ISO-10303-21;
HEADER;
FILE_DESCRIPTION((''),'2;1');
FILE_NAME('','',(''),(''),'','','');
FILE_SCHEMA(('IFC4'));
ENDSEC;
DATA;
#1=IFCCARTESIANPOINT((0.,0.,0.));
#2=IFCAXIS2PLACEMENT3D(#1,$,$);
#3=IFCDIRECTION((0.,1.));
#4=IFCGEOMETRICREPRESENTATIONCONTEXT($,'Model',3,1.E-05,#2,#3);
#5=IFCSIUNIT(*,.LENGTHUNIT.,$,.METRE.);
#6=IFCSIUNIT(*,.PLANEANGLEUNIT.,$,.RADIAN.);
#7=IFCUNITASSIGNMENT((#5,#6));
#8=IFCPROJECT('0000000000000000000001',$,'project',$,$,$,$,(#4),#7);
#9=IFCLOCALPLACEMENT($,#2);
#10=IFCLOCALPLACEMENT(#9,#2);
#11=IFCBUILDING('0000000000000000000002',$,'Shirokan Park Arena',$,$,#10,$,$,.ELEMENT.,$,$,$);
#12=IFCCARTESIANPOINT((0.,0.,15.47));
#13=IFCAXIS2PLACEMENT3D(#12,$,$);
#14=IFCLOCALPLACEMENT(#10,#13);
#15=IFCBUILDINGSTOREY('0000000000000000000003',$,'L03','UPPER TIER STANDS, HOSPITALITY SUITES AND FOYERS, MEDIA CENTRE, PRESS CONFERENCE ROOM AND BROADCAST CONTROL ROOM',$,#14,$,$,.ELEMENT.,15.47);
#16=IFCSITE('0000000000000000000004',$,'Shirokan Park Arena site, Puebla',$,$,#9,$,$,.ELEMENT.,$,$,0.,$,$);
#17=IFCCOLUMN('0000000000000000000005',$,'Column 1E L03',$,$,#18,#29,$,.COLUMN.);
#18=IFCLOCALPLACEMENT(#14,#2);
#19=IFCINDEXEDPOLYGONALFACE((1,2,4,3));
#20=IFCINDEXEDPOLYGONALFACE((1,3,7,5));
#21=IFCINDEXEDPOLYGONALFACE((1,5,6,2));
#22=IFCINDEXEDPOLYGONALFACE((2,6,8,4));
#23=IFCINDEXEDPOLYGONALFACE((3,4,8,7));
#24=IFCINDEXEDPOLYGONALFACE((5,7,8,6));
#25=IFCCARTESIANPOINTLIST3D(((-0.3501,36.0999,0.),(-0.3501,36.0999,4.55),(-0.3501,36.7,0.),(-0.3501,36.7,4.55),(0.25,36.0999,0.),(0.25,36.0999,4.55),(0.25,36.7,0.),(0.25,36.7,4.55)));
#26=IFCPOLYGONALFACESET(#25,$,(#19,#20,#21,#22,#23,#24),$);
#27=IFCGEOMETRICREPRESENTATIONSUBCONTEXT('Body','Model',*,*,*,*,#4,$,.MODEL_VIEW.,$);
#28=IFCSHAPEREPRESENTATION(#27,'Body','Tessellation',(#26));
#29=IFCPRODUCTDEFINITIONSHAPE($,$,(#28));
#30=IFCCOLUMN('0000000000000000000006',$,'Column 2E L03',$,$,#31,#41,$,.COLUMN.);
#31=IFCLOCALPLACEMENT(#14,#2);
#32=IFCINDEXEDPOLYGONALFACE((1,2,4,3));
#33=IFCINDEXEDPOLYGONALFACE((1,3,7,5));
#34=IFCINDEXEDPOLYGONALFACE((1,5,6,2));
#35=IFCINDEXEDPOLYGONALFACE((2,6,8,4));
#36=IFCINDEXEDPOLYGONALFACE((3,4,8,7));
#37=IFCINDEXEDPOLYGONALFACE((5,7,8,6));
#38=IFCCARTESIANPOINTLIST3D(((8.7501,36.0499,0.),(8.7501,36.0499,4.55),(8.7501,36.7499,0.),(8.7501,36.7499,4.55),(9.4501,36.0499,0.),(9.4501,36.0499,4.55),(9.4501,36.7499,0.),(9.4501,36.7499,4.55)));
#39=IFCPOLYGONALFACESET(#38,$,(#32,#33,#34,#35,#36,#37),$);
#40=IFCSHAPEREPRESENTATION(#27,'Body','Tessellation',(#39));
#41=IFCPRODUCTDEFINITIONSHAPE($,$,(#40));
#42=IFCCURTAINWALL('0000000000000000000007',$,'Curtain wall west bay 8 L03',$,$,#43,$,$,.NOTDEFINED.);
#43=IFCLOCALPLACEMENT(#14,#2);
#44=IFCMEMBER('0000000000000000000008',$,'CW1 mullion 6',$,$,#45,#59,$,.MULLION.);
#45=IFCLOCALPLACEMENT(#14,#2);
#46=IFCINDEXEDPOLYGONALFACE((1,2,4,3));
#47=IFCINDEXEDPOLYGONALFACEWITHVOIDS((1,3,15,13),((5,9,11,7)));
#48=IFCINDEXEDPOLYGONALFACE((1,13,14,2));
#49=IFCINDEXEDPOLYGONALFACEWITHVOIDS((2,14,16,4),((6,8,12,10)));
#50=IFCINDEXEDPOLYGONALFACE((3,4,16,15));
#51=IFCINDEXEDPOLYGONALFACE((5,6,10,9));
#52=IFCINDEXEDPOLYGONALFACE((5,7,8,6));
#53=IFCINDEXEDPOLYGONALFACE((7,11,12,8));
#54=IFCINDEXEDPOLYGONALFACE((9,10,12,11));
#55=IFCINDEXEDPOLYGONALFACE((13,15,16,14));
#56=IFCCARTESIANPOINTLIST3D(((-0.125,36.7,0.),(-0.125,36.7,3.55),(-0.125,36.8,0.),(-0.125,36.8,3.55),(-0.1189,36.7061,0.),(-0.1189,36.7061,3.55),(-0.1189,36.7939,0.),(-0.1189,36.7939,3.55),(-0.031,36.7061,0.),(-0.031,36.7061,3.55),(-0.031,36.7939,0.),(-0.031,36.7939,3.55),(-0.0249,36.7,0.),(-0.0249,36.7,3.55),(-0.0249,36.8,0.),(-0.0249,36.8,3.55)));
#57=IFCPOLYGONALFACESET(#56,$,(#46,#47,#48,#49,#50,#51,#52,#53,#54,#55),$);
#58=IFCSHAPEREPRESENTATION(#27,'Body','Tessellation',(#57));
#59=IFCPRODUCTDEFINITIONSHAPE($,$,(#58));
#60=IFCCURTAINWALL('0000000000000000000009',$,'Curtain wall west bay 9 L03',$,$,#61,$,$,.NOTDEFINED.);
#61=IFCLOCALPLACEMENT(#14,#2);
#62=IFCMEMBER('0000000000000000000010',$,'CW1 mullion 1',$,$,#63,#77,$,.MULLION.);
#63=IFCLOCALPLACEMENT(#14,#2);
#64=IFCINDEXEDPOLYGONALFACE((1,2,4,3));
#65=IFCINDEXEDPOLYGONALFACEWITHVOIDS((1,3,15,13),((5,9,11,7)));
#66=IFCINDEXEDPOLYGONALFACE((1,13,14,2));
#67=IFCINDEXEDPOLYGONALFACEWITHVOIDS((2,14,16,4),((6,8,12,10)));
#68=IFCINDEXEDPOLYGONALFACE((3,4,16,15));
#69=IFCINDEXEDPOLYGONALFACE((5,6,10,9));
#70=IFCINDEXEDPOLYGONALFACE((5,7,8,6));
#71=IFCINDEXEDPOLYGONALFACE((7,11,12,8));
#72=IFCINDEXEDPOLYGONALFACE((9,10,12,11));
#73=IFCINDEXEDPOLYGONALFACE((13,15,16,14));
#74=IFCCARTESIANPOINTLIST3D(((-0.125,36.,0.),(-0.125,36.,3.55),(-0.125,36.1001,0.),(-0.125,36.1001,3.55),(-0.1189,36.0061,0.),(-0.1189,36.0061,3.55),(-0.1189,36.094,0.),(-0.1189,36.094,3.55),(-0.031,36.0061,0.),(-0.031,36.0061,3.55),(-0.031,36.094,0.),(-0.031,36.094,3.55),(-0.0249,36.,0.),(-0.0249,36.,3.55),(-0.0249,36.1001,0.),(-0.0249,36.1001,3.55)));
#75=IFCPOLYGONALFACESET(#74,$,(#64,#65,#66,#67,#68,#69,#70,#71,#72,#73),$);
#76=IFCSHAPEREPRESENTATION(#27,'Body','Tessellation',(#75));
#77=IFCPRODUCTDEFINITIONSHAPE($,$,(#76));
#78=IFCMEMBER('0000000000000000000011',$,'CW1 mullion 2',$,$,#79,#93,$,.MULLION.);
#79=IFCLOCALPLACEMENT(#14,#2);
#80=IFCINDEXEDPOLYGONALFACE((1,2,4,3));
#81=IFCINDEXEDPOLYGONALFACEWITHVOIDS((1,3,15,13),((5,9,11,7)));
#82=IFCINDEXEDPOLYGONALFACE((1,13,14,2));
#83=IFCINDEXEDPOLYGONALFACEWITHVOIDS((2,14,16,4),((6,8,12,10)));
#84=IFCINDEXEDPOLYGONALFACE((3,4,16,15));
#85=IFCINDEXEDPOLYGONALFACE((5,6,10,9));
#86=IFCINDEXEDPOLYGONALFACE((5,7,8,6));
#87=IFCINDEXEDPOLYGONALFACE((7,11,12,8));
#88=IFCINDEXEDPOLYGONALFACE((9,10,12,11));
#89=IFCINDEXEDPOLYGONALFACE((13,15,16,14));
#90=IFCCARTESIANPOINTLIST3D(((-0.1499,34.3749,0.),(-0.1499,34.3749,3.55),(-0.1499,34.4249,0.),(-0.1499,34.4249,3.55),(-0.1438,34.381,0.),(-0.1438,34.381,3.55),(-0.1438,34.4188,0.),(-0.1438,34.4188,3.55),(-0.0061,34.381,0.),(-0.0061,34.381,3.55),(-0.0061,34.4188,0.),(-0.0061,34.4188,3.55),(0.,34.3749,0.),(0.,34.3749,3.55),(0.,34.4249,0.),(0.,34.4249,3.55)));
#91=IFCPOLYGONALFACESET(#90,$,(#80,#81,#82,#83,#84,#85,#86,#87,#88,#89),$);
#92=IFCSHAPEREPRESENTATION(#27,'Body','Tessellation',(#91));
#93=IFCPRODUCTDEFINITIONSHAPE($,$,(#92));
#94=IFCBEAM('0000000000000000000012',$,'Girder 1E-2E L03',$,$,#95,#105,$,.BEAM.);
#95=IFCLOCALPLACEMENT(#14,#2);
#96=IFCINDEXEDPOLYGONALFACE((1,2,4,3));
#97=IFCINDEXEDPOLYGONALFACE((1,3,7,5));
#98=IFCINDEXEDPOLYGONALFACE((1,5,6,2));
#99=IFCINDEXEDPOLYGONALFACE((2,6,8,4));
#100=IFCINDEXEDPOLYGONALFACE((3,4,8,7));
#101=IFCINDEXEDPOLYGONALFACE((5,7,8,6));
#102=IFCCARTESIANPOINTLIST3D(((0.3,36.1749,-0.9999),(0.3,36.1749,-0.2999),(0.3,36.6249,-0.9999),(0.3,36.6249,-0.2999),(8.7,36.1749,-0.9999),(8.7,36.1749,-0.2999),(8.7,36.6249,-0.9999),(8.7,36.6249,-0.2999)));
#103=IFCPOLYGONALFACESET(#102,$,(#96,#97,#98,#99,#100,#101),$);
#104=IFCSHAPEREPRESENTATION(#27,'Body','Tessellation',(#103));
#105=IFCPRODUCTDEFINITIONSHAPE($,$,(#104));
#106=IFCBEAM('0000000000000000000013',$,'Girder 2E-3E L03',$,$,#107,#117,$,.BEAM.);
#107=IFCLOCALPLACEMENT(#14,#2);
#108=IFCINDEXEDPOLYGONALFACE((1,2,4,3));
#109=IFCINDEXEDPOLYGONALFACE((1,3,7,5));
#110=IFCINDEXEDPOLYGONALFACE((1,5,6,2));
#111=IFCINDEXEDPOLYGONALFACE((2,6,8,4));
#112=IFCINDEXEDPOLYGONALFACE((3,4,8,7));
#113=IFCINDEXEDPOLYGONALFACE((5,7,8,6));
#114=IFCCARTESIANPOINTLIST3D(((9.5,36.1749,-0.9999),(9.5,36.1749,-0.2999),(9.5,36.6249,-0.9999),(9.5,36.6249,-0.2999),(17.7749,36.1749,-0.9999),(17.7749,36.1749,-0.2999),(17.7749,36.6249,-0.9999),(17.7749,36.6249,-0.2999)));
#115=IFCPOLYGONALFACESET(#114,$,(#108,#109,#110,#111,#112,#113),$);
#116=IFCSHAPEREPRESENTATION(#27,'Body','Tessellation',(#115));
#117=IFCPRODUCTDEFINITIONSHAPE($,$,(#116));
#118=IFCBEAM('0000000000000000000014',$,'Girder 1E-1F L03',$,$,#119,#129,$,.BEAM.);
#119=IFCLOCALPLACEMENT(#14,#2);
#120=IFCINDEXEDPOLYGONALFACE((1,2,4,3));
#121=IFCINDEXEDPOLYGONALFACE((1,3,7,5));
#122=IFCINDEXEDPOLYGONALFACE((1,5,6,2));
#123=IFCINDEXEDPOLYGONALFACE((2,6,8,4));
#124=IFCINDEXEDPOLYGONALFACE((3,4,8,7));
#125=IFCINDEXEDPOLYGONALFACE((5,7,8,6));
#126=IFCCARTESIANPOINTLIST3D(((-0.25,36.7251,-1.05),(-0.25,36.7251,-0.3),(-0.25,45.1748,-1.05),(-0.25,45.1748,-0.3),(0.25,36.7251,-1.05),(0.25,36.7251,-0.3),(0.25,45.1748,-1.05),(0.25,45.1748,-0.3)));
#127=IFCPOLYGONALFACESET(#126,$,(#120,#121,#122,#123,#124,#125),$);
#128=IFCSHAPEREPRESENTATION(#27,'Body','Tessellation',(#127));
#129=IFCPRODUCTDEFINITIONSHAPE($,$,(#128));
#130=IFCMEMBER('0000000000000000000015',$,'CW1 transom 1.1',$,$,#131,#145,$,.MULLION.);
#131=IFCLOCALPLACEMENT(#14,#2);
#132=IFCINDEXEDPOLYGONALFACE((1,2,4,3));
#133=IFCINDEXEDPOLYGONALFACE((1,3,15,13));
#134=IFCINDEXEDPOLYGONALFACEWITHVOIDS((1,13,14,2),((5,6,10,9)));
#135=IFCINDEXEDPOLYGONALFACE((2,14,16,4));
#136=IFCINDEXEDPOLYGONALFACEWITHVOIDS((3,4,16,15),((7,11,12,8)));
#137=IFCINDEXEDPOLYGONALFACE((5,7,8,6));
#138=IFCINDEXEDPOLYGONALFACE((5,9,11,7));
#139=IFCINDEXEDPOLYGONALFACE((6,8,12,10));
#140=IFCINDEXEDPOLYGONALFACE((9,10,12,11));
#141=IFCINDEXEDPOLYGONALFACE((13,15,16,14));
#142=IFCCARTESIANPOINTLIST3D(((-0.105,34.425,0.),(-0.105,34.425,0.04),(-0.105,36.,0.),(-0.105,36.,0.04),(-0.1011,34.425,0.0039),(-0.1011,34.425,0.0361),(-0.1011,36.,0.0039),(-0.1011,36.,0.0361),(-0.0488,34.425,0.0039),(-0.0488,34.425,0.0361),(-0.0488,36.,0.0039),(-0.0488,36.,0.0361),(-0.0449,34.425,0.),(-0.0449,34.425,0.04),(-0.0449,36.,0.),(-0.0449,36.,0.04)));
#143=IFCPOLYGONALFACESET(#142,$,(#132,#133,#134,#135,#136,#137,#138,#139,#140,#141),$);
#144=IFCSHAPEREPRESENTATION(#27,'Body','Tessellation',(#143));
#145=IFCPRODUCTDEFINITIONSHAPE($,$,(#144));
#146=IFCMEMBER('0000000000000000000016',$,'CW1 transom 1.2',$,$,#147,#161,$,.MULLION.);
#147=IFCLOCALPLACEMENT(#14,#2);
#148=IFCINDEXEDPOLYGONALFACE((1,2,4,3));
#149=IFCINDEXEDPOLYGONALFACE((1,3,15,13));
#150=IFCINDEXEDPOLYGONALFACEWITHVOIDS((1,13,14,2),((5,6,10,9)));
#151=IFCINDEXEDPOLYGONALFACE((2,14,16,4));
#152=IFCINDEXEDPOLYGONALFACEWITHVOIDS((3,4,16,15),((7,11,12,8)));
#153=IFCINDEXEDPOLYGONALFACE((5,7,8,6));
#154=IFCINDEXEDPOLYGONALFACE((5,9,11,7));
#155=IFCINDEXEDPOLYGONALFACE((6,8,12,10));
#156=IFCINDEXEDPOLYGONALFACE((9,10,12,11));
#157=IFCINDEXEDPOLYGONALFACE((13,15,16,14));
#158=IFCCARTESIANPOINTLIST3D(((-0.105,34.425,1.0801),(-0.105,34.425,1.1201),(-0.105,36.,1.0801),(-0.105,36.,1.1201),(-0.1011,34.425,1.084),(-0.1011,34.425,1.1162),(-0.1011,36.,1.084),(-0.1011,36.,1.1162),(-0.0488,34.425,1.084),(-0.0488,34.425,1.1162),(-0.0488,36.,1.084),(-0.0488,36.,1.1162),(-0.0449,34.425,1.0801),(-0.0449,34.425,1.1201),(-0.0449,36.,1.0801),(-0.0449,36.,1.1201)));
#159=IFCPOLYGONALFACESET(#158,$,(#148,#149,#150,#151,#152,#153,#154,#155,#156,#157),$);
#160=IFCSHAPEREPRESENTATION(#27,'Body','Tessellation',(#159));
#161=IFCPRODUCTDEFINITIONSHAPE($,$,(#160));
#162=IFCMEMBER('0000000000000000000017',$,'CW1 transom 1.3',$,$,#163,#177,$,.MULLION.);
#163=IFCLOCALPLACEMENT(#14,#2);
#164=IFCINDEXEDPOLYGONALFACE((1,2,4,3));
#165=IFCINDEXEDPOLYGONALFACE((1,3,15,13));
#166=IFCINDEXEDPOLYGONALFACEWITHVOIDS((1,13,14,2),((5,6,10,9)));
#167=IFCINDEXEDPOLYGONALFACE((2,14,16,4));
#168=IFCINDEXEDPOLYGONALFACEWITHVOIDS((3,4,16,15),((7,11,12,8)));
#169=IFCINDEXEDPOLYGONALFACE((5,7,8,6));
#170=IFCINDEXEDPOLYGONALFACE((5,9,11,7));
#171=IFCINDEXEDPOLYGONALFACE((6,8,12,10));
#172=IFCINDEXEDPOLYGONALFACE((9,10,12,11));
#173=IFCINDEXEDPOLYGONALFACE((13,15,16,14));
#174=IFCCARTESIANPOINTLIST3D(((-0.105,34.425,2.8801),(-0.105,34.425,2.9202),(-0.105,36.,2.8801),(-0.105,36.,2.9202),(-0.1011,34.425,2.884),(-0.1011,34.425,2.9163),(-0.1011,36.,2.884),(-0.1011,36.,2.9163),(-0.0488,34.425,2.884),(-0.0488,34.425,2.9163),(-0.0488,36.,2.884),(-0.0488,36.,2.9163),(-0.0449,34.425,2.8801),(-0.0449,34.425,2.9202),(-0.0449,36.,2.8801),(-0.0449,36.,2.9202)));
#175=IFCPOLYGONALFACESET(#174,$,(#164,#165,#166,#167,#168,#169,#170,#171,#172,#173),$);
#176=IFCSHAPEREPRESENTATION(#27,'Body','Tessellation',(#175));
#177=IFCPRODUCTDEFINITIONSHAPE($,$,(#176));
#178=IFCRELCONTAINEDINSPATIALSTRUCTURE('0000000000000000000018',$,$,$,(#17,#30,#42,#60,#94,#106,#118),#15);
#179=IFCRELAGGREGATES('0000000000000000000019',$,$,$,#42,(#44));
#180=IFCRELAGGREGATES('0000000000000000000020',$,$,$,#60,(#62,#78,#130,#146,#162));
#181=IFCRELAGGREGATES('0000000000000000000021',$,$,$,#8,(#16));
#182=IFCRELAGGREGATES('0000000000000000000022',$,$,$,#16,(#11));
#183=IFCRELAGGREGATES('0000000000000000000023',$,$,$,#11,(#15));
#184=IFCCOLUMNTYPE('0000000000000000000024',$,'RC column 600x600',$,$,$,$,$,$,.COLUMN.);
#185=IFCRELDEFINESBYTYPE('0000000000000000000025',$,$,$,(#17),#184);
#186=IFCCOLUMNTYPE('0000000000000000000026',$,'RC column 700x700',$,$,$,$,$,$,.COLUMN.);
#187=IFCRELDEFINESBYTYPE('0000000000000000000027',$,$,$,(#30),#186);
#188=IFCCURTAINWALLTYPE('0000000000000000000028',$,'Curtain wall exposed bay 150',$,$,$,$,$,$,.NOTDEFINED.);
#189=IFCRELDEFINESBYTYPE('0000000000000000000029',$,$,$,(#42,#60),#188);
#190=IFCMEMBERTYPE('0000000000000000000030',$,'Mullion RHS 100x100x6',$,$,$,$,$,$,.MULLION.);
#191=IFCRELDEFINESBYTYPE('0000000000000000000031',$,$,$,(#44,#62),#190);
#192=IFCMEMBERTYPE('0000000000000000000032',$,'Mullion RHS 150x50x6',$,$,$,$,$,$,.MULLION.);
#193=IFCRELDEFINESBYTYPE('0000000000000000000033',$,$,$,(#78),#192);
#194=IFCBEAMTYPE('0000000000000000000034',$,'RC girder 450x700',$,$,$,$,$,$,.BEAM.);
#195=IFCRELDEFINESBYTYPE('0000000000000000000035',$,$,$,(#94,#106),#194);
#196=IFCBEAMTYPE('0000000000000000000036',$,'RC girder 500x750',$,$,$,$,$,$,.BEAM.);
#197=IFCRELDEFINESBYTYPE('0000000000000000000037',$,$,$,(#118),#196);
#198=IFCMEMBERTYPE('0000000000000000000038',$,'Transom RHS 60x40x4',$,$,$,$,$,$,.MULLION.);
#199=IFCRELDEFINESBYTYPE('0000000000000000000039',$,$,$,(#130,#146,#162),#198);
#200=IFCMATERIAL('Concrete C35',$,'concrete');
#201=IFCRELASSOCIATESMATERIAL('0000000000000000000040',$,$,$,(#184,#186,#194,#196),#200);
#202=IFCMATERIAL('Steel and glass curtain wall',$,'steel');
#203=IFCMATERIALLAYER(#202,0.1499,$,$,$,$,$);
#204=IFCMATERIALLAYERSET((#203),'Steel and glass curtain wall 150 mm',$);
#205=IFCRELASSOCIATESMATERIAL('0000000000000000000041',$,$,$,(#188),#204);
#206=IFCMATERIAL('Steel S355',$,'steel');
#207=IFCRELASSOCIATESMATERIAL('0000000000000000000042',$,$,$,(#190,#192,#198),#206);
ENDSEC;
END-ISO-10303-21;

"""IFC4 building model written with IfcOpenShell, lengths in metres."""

from ifc_helpers import new_model, si_unit, direction, frame, origin, origin_2d, place, context, subcontext, project, spatial, rectangle, hollow_rectangle, extrude, material, layer, layer_set, material_profile, profile_set, type_object, element, aggregate, save


model = new_model("IFC4")

# Units and contexts
model_context = context("Model", 3, precision=1e-05, world=origin(), true_north=direction((0.0, 1.0)))
body_context = subcontext(model_context, "Body", "Model", "MODEL_VIEW")
ifc_project = project(units=[si_unit("LENGTHUNIT", "METRE"), si_unit("PLANEANGLEUNIT", "RADIAN")], contexts=[model_context])

# Site, building, storey
site_placement = place(None, origin())
site = spatial("IfcSite", under=ifc_project, at=site_placement, Name="Shirokan Park Arena site, Puebla", CompositionType="ELEMENT", RefElevation=0.0)
building_placement = place(site_placement, origin())
building = spatial("IfcBuilding", under=site, at=building_placement, Name="Shirokan Park Arena", CompositionType="ELEMENT")
storey_placement = place(building_placement, frame((0.0, 0.0, 15.47)))
storey = spatial("IfcBuildingStorey", under=building, at=storey_placement, Name="L03", Description="UPPER TIER STANDS, HOSPITALITY SUITES AND FOYERS, MEDIA CENTRE, PRESS CONFERENCE ROOM AND BROADCAST CONTROL ROOM", CompositionType="ELEMENT", Elevation=15.47)

# Columns
ifc_material_1 = material(Name="Concrete C35", Category="concrete")
ifc_material_profile_1 = material_profile(ifc_material_1, rectangle(XDim=0.6001, YDim=0.6001, at=origin_2d()), Name="600x600")
ifc_profile_set_1 = profile_set([ifc_material_profile_1], Name="Concrete C35")
column_type_1 = type_object("IfcColumnType", Name="RC column 600x600", PredefinedType="COLUMN", material=ifc_profile_set_1)
column_1_placement = place(storey_placement, frame((-0.05, 36.3999, 0.0), z_axis=(0.0, 0.0, 1.0), x_axis=(1.0, 0.0, 0.0)))
element("IfcColumn", 1, at=column_1_placement, inside=storey, type_object=column_type_1, Name="Column 1E L03", PredefinedType="COLUMN", context=body_context, shape_type="SweptSolid", body=[
    extrude(rectangle(XDim=0.6001, YDim=0.6001, at=origin_2d()), origin(), (0.0, 0.0, 1.0), 4.55),
])
ifc_material_profile_2 = material_profile(ifc_material_1, rectangle(XDim=0.7, YDim=0.7, at=origin_2d()), Name="700x700")
ifc_profile_set_2 = profile_set([ifc_material_profile_2], Name="Concrete C35")
column_type_2 = type_object("IfcColumnType", Name="RC column 700x700", PredefinedType="COLUMN", material=ifc_profile_set_2)
column_2_placement = place(storey_placement, frame((9.1001, 36.3999, 0.0), z_axis=(0.0, 0.0, 1.0), x_axis=(1.0, 0.0, 0.0)))
element("IfcColumn", 2, at=column_2_placement, inside=storey, type_object=column_type_2, Name="Column 2E L03", PredefinedType="COLUMN", context=body_context, shape_type="SweptSolid", body=[
    extrude(rectangle(XDim=0.7, YDim=0.7, at=origin_2d()), origin(), (0.0, 0.0, 1.0), 4.55),
])

# Curtain wall, member
ifc_material_2 = material(Name="Steel and glass curtain wall", Category="steel")
ifc_layer_1 = layer(ifc_material_2, 0.1499)
ifc_layer_set_1 = layer_set([ifc_layer_1], Name="Steel and glass curtain wall 150 mm")
curtain_wall_type = type_object("IfcCurtainWallType", Name="Curtain wall exposed bay 150", PredefinedType="NOTDEFINED", material=ifc_layer_set_1)
curtain_wall_1_placement = place(storey_placement, origin())
curtain_wall_1 = element("IfcCurtainWall", 3, at=curtain_wall_1_placement, inside=storey, type_object=curtain_wall_type, Name="Curtain wall west bay 8 L03", PredefinedType="NOTDEFINED")
ifc_material_3 = material(Name="Steel S355", Category="steel")
ifc_material_profile_3 = material_profile(ifc_material_3, hollow_rectangle(XDim=0.1001, YDim=0.1001, WallThickness=0.0061, at=origin_2d()), Name="RHS 100x100x6")
ifc_profile_set_3 = profile_set([ifc_material_profile_3], Name="Steel S355")
member_type_1 = type_object("IfcMemberType", Name="Mullion RHS 100x100x6", PredefinedType="MULLION", material=ifc_profile_set_3)
member_1_placement = place(storey_placement, frame((-0.075, 36.75, 0.0), z_axis=(0.0, 0.0, 1.0), x_axis=(1.0, 0.0, 0.0)))
member_1 = element("IfcMember", 4, at=member_1_placement, type_object=member_type_1, Name="CW1 mullion 6", PredefinedType="MULLION", context=body_context, shape_type="SweptSolid", body=[
    extrude(hollow_rectangle(XDim=0.1001, YDim=0.1001, WallThickness=0.0061, at=origin_2d()), origin(), (0.0, 0.0, 1.0), 3.55),
])
aggregate(curtain_wall_1, [member_1])

# Curtain wall, members
curtain_wall_2_placement = place(storey_placement, origin())
curtain_wall_2 = element("IfcCurtainWall", 5, at=curtain_wall_2_placement, inside=storey, type_object=curtain_wall_type, Name="Curtain wall west bay 9 L03", PredefinedType="NOTDEFINED")
member_2_placement = place(storey_placement, frame((-0.075, 36.05, 0.0), z_axis=(0.0, 0.0, 1.0), x_axis=(1.0, 0.0, 0.0)))
member_2 = element("IfcMember", 6, at=member_2_placement, type_object=member_type_1, Name="CW1 mullion 1", PredefinedType="MULLION", context=body_context, shape_type="SweptSolid", body=[
    extrude(hollow_rectangle(XDim=0.1001, YDim=0.1001, WallThickness=0.0061, at=origin_2d()), origin(), (0.0, 0.0, 1.0), 3.55),
])
ifc_material_profile_4 = material_profile(ifc_material_3, hollow_rectangle(XDim=0.1499, YDim=0.05, WallThickness=0.0061, at=origin_2d()), Name="RHS 150x50x6")
ifc_profile_set_4 = profile_set([ifc_material_profile_4], Name="Steel S355")
member_type_2 = type_object("IfcMemberType", Name="Mullion RHS 150x50x6", PredefinedType="MULLION", material=ifc_profile_set_4)
member_3_placement = place(storey_placement, frame((-0.075, 34.3999, 0.0), z_axis=(0.0, 0.0, 1.0), x_axis=(1.0, 0.0, 0.0)))
member_3 = element("IfcMember", 7, at=member_3_placement, type_object=member_type_2, Name="CW1 mullion 2", PredefinedType="MULLION", context=body_context, shape_type="SweptSolid", body=[
    extrude(hollow_rectangle(XDim=0.1499, YDim=0.05, WallThickness=0.0061, at=origin_2d()), origin(), (0.0, 0.0, 1.0), 3.55),
])

# Beams
ifc_material_profile_5 = material_profile(ifc_material_1, rectangle(XDim=0.45, YDim=0.7, at=origin_2d()), Name="450x700")
ifc_profile_set_5 = profile_set([ifc_material_profile_5], Name="Concrete C35")
beam_type_1 = type_object("IfcBeamType", Name="RC girder 450x700", PredefinedType="BEAM", material=ifc_profile_set_5)
beam_1_placement = place(storey_placement, frame((0.3, 36.3999, -0.6499), z_axis=(1.0, 0.0, 0.0), x_axis=(0.0, 1.0, 0.0)))
element("IfcBeam", 8, at=beam_1_placement, inside=storey, type_object=beam_type_1, Name="Girder 1E-2E L03", PredefinedType="BEAM", context=body_context, shape_type="SweptSolid", body=[
    extrude(rectangle(XDim=0.45, YDim=0.7, at=origin_2d()), origin(), (0.0, 0.0, 1.0), 8.3999),
])
beam_2_placement = place(storey_placement, frame((9.5, 36.3999, -0.6499), z_axis=(1.0, 0.0, 0.0), x_axis=(0.0, 1.0, 0.0)))
element("IfcBeam", 9, at=beam_2_placement, inside=storey, type_object=beam_type_1, Name="Girder 2E-3E L03", PredefinedType="BEAM", context=body_context, shape_type="SweptSolid", body=[
    extrude(rectangle(XDim=0.45, YDim=0.7, at=origin_2d()), origin(), (0.0, 0.0, 1.0), 8.2749),
])
ifc_material_profile_6 = material_profile(ifc_material_1, rectangle(XDim=0.5, YDim=0.75, at=origin_2d()), Name="500x750")
ifc_profile_set_6 = profile_set([ifc_material_profile_6], Name="Concrete C35")
beam_type_2 = type_object("IfcBeamType", Name="RC girder 500x750", PredefinedType="BEAM", material=ifc_profile_set_6)
beam_3_placement = place(storey_placement, frame((0.0, 36.7251, -0.675), z_axis=(0.0, 1.0, 0.0), x_axis=(-1.0, 0.0, 0.0)))
element("IfcBeam", 10, at=beam_3_placement, inside=storey, type_object=beam_type_2, Name="Girder 1E-1F L03", PredefinedType="BEAM", context=body_context, shape_type="SweptSolid", body=[
    extrude(rectangle(XDim=0.5, YDim=0.75, at=origin_2d()), origin(), (0.0, 0.0, 1.0), 8.4497),
])

# Members
ifc_material_profile_7 = material_profile(ifc_material_3, hollow_rectangle(XDim=0.0601, YDim=0.04, WallThickness=0.0039, at=origin_2d()), Name="RHS 60x40x4")
ifc_profile_set_7 = profile_set([ifc_material_profile_7], Name="Steel S355")
member_type_3 = type_object("IfcMemberType", Name="Transom RHS 60x40x4", PredefinedType="MULLION", material=ifc_profile_set_7)
member_4_placement = place(storey_placement, frame((-0.075, 36.0, 0.02), z_axis=(0.0, -1.0, 0.0), x_axis=(1.0, 0.0, 0.0)))
member_4 = element("IfcMember", 11, at=member_4_placement, type_object=member_type_3, Name="CW1 transom 1.1", PredefinedType="MULLION", context=body_context, shape_type="SweptSolid", body=[
    extrude(hollow_rectangle(XDim=0.0601, YDim=0.04, WallThickness=0.0039, at=origin_2d()), origin(), (0.0, 0.0, 1.0), 1.575),
])
member_5_placement = place(storey_placement, frame((-0.075, 36.0, 1.1001), z_axis=(0.0, -1.0, 0.0), x_axis=(1.0, 0.0, 0.0)))
member_5 = element("IfcMember", 12, at=member_5_placement, type_object=member_type_3, Name="CW1 transom 1.2", PredefinedType="MULLION", context=body_context, shape_type="SweptSolid", body=[
    extrude(hollow_rectangle(XDim=0.0601, YDim=0.04, WallThickness=0.0039, at=origin_2d()), origin(), (0.0, 0.0, 1.0), 1.575),
])
member_6_placement = place(storey_placement, frame((-0.075, 36.0, 2.9001), z_axis=(0.0, -1.0, 0.0), x_axis=(1.0, 0.0, 0.0)))
member_6 = element("IfcMember", 13, at=member_6_placement, type_object=member_type_3, Name="CW1 transom 1.3", PredefinedType="MULLION", context=body_context, shape_type="SweptSolid", body=[
    extrude(hollow_rectangle(XDim=0.0601, YDim=0.04, WallThickness=0.0039, at=origin_2d()), origin(), (0.0, 0.0, 1.0), 1.575),
])

aggregate(curtain_wall_2, [member_2, member_3, member_4, member_5, member_6])

save(model, "model.ifc")
